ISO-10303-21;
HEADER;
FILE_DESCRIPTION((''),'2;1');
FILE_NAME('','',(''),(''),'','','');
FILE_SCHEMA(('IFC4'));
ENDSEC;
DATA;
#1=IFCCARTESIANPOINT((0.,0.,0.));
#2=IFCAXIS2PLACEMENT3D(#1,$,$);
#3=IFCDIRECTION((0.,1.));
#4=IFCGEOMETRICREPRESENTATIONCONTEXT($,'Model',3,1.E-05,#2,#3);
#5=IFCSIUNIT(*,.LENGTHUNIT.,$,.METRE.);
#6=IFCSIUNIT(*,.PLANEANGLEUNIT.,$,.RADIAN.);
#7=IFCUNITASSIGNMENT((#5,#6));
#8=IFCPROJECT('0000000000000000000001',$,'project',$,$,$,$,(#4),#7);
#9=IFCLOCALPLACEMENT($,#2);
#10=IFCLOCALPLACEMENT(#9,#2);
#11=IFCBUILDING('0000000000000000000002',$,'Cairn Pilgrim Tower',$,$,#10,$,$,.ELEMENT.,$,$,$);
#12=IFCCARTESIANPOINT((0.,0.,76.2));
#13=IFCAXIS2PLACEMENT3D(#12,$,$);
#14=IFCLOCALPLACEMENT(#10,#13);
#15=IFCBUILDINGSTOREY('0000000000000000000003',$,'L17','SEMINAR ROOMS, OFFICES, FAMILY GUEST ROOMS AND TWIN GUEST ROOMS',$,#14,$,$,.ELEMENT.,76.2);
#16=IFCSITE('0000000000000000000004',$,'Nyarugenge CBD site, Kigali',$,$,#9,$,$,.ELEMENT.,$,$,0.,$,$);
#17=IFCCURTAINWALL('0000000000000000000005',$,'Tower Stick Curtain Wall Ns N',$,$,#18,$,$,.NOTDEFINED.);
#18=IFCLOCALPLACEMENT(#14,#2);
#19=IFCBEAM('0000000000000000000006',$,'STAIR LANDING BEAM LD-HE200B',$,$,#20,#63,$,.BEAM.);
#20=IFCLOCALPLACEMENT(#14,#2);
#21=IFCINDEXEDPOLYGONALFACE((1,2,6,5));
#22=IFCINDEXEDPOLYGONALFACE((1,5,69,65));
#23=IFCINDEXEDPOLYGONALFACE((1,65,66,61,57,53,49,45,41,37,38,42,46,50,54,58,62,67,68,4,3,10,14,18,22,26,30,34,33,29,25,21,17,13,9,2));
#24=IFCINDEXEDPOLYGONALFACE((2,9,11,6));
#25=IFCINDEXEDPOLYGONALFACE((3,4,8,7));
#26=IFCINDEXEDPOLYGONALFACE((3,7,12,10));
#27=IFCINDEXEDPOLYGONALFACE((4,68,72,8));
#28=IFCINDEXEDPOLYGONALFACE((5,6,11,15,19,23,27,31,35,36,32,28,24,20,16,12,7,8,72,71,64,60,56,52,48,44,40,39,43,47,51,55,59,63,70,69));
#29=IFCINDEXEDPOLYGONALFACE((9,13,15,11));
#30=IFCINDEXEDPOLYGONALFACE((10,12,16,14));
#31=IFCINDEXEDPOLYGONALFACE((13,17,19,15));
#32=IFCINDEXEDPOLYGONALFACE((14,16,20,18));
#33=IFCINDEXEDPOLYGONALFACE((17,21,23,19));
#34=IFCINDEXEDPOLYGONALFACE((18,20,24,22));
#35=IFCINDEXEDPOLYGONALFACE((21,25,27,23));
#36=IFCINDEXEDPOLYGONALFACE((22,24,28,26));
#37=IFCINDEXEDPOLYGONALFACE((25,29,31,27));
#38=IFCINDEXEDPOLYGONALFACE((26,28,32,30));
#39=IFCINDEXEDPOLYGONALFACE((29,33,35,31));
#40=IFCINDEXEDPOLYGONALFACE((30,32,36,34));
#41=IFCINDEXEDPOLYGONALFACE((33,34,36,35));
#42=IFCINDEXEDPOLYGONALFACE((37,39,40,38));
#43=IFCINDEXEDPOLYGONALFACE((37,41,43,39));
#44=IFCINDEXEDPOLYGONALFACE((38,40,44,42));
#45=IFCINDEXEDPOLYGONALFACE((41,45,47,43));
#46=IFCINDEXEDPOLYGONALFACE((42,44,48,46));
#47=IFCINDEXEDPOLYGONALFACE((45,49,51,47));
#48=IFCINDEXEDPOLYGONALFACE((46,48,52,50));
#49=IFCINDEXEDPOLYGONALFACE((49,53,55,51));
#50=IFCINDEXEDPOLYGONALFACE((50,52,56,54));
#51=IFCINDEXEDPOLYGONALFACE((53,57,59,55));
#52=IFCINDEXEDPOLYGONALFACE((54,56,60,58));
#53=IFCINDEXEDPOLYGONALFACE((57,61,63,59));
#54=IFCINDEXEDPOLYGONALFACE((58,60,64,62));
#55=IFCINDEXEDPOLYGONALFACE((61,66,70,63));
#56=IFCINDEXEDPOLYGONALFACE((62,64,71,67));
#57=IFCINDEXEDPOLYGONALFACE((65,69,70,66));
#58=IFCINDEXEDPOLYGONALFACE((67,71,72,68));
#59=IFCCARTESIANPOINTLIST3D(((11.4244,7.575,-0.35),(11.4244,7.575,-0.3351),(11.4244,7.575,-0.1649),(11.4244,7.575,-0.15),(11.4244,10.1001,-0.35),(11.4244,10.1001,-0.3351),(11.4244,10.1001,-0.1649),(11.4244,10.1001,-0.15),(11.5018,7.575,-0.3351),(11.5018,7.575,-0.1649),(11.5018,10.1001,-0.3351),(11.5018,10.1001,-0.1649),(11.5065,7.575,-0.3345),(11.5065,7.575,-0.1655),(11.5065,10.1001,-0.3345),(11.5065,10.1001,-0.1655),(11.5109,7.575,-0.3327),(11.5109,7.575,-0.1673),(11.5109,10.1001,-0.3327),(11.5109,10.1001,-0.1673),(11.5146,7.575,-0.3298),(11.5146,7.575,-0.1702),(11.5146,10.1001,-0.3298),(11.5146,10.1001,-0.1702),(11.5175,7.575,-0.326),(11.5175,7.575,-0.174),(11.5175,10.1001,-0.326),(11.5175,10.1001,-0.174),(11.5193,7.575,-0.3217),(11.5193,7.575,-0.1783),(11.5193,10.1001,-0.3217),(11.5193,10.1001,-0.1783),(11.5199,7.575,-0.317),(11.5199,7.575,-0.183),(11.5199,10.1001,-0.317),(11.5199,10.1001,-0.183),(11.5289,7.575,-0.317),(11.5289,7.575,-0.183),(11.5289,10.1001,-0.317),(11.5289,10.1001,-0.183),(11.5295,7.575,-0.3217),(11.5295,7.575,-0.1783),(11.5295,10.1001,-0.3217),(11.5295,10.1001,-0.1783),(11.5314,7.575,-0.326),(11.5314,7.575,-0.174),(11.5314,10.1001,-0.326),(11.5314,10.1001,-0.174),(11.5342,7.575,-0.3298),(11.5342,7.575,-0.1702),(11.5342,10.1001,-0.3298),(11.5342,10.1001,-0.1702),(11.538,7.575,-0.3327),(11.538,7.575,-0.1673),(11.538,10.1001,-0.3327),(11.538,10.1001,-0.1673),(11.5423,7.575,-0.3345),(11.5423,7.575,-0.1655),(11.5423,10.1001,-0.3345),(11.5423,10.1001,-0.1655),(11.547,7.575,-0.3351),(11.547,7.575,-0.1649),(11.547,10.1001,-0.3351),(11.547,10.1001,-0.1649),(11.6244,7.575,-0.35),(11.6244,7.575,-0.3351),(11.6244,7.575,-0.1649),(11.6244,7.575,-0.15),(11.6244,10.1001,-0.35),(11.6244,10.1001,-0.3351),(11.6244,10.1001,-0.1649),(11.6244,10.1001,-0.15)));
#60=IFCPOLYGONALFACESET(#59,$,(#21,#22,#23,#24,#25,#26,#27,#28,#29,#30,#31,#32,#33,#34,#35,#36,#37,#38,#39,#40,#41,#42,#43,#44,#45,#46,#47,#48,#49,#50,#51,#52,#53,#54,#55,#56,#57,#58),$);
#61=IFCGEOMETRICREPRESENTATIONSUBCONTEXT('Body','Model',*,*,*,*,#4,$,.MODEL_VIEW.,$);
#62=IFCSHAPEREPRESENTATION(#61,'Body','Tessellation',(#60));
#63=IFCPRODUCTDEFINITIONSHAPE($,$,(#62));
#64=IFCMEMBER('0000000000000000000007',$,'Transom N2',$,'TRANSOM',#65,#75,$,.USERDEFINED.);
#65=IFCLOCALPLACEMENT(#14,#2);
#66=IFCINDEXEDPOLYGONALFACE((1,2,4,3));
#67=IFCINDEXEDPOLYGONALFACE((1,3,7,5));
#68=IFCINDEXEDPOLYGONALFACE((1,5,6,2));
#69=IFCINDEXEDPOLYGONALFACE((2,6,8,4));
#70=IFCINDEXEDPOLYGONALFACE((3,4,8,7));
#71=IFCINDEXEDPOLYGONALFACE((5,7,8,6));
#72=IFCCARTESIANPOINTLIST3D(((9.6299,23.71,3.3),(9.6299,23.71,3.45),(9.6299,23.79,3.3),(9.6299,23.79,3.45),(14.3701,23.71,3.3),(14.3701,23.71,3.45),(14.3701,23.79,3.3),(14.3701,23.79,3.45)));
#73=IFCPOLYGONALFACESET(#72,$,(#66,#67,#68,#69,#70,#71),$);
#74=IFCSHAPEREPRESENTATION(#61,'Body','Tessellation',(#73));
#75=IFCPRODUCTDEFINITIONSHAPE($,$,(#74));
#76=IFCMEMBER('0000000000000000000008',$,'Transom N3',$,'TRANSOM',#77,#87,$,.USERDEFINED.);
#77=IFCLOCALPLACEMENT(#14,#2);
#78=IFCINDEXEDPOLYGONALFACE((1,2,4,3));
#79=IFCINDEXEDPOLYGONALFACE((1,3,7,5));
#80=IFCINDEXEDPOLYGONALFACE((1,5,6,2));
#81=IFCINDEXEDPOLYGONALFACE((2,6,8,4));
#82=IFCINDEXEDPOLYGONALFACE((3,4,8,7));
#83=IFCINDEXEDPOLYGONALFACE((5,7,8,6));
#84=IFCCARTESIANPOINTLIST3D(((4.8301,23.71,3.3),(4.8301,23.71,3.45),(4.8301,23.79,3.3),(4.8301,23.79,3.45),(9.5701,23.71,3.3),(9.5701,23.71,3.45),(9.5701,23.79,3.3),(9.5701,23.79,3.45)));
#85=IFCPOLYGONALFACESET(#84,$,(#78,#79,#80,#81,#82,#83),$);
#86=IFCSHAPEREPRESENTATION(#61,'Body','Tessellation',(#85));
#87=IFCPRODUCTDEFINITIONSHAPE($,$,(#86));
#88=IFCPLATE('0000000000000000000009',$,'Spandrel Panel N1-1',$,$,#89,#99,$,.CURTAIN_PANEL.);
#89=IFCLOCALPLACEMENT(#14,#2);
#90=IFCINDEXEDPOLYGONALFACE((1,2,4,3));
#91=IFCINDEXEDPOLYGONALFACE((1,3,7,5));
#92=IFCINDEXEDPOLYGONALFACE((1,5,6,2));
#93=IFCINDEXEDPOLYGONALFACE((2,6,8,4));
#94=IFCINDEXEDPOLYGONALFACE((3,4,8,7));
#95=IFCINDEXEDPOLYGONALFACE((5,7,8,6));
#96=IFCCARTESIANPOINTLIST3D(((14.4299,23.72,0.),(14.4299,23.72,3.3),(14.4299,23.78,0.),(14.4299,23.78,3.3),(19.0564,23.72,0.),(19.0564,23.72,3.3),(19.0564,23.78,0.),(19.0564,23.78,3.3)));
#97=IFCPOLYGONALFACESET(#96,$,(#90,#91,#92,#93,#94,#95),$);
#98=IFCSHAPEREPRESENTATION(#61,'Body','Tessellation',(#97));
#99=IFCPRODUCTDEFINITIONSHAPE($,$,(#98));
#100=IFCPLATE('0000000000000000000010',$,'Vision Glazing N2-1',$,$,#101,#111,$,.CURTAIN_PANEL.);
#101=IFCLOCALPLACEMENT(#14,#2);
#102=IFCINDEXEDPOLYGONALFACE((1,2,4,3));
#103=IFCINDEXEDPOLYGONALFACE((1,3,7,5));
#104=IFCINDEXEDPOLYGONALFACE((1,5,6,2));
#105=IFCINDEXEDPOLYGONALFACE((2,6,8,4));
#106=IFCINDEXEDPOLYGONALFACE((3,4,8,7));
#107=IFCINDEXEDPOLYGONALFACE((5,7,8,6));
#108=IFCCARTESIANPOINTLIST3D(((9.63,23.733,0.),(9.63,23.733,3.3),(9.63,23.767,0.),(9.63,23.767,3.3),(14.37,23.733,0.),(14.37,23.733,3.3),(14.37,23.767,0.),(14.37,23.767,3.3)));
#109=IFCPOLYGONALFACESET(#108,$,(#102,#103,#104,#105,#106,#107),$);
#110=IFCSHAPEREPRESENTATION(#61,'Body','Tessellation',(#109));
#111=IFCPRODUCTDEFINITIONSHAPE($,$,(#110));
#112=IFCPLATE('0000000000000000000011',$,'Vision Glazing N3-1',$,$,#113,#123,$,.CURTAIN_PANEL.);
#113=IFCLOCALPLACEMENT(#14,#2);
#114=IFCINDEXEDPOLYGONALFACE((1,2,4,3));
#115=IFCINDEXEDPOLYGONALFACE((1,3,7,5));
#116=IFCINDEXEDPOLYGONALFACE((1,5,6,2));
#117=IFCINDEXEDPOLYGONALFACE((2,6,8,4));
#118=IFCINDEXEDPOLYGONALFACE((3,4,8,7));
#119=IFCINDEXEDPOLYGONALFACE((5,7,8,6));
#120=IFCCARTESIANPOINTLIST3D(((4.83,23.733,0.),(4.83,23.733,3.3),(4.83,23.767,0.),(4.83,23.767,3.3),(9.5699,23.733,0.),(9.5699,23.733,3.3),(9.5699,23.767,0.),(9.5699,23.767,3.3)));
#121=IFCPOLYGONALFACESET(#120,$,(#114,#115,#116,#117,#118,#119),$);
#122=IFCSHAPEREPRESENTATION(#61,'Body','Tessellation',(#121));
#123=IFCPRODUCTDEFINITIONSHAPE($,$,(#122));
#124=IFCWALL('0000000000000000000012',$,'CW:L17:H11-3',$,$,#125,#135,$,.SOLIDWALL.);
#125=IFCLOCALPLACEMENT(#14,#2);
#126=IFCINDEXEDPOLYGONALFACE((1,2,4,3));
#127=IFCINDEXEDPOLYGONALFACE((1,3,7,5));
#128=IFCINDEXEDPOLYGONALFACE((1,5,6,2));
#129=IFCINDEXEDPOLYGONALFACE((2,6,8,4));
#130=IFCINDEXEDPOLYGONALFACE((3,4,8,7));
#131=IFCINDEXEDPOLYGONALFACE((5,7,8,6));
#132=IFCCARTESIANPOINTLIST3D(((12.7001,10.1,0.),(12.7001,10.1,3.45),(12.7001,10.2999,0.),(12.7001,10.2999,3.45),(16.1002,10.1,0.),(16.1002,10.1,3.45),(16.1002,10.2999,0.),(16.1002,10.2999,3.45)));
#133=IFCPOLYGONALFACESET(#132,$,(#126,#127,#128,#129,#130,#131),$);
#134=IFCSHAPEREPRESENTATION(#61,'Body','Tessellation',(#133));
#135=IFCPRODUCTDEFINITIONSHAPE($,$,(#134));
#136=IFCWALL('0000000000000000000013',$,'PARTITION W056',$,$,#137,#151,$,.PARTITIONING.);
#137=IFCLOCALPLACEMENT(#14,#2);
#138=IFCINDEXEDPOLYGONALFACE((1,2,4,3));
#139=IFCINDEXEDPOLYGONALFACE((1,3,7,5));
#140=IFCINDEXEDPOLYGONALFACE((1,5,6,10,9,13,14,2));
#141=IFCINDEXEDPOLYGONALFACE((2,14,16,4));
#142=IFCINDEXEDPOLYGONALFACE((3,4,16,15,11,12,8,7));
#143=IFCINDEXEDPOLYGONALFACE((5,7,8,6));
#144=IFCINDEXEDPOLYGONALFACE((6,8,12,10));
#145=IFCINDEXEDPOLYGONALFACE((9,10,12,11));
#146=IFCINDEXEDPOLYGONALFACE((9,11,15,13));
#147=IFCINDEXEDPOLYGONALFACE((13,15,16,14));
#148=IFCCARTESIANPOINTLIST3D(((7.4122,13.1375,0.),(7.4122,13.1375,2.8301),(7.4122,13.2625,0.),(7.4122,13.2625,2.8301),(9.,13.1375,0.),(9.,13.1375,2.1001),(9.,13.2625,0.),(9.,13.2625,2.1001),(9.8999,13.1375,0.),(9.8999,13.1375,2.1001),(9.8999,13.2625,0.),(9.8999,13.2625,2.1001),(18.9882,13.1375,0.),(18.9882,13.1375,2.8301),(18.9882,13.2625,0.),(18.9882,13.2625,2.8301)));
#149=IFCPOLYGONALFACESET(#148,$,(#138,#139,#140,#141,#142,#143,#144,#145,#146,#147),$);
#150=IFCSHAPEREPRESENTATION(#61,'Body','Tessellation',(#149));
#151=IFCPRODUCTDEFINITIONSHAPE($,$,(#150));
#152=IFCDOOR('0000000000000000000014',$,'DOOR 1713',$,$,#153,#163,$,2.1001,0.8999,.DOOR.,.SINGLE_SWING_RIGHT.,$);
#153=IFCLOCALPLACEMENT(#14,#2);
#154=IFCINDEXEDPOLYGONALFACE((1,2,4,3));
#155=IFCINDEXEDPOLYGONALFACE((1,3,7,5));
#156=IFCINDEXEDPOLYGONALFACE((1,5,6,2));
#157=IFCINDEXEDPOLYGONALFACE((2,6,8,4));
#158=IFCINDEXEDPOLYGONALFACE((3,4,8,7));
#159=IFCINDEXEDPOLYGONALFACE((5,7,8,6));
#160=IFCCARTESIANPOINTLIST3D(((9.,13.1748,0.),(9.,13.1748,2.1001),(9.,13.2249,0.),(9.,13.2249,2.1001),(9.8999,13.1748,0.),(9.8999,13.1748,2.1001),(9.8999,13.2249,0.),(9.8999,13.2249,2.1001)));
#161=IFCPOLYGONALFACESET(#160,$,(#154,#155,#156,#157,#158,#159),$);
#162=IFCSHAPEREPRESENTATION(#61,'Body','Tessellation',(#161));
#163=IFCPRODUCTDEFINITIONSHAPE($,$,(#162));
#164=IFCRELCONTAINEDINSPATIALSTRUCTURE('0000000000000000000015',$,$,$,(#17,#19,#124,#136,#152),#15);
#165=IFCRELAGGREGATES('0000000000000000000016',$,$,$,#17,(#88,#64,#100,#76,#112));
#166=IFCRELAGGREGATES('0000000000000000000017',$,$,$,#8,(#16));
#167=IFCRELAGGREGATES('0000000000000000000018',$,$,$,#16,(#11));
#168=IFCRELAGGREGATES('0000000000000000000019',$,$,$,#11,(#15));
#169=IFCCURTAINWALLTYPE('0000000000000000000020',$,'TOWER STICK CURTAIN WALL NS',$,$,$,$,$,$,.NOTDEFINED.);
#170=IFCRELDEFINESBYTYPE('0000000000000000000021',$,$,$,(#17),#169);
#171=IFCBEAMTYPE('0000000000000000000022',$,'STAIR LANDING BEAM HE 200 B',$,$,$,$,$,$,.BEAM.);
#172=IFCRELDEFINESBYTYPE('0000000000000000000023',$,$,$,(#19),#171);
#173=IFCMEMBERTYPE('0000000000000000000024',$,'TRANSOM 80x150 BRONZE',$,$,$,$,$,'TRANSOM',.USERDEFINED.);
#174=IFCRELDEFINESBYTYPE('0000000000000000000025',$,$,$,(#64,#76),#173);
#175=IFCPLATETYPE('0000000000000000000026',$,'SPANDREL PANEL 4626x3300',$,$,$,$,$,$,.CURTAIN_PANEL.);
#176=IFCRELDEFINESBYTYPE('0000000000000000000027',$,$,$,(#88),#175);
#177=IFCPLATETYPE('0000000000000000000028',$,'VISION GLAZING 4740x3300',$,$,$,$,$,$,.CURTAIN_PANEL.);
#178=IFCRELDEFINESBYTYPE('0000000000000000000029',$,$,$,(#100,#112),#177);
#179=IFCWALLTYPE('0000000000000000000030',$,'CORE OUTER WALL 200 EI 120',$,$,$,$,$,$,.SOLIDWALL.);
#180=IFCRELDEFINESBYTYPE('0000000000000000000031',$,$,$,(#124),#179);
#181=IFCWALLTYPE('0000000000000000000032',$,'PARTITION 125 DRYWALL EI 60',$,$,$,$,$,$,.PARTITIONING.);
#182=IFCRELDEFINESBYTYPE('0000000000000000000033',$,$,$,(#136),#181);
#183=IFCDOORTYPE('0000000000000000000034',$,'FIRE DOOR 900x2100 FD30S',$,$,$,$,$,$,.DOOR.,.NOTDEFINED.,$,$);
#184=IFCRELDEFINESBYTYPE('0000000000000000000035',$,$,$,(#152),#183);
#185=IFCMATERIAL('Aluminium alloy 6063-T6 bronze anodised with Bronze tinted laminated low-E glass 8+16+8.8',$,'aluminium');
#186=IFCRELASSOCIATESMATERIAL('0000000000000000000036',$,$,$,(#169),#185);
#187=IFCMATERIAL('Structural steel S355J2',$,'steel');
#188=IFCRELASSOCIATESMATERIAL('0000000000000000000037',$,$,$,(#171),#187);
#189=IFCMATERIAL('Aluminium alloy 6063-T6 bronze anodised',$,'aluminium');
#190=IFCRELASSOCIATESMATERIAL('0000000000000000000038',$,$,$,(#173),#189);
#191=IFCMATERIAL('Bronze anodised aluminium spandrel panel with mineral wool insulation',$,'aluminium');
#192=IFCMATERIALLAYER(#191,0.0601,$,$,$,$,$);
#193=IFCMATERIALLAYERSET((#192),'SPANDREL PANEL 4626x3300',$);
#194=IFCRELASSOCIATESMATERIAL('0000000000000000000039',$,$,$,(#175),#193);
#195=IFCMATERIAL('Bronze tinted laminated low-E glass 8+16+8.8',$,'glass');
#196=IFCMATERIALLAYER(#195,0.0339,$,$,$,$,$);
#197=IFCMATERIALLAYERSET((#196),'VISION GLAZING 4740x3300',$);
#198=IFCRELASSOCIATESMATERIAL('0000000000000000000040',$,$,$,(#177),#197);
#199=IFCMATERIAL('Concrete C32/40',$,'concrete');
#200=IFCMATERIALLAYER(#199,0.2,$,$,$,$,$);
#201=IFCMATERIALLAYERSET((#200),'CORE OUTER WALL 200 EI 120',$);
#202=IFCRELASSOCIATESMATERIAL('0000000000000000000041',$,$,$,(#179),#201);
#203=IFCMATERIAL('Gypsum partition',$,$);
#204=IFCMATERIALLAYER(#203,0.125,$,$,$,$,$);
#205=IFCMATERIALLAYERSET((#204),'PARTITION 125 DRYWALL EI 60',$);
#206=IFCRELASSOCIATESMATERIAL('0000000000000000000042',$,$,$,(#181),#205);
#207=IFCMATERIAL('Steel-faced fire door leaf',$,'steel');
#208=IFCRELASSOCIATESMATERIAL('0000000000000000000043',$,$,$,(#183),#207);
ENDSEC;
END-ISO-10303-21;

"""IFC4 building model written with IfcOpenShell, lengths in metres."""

from ifc_helpers import new_model, si_unit, direction, frame, frame_2d, origin, origin_2d, place, context, subcontext, project, spatial, rectangle, i_section, extrude, material, layer, layer_set, material_profile, profile_set, type_object, element, fill, aggregate, save


model = new_model("IFC4")

# Units and contexts
model_context = context("Model", 3, precision=1e-05, world=origin(), true_north=direction((0.0, 1.0)))
body_context = subcontext(model_context, "Body", "Model", "MODEL_VIEW")
ifc_project = project(units=[si_unit("LENGTHUNIT", "METRE"), si_unit("PLANEANGLEUNIT", "RADIAN")], contexts=[model_context])

# Site, building, storey
site_placement = place(None, origin())
site = spatial("IfcSite", under=ifc_project, at=site_placement, Name="Nyarugenge CBD site, Kigali", CompositionType="ELEMENT", RefElevation=0.0)
building_placement = place(site_placement, origin())
building = spatial("IfcBuilding", under=site, at=building_placement, Name="Cairn Pilgrim Tower", CompositionType="ELEMENT")
storey_placement = place(building_placement, frame((0.0, 0.0, 76.2)))
storey = spatial("IfcBuildingStorey", under=building, at=storey_placement, Name="L17", Description="SEMINAR ROOMS, OFFICES, FAMILY GUEST ROOMS AND TWIN GUEST ROOMS", CompositionType="ELEMENT", Elevation=76.2)

# Curtain wall
ifc_material_1 = material(Name="Aluminium alloy 6063-T6 bronze anodised with Bronze tinted laminated low-E glass 8+16+8.8", Category="aluminium")
curtain_wall_type = type_object("IfcCurtainWallType", Name="TOWER STICK CURTAIN WALL NS", PredefinedType="NOTDEFINED", material=ifc_material_1)
curtain_wall_placement = place(storey_placement, origin())
curtain_wall = element("IfcCurtainWall", 1, at=curtain_wall_placement, inside=storey, type_object=curtain_wall_type, Name="Tower Stick Curtain Wall Ns N", PredefinedType="NOTDEFINED")
ifc_material_2 = material(Name="Aluminium alloy 6063-T6 bronze anodised", Category="aluminium")

# Beam
ifc_material_3 = material(Name="Structural steel S355J2", Category="steel")
ifc_material_profile_1 = material_profile(ifc_material_3, i_section(OverallWidth=0.2, OverallDepth=0.2, WebThickness=0.009, FlangeThickness=0.0149, FilletRadius=0.0181, at=origin_2d()), Name="HE 200 B")
ifc_profile_set_1 = profile_set([ifc_material_profile_1], Name="Structural steel S355J2")
beam_type_1 = type_object("IfcBeamType", Name="STAIR LANDING BEAM HE 200 B", PredefinedType="BEAM", material=ifc_profile_set_1)
beam_1_placement = place(storey_placement, frame((11.5244, 10.1001, -0.25), z_axis=(0.0, -1.0, 0.0), x_axis=(1.0, 0.0, 0.0)))
element("IfcBeam", 2, at=beam_1_placement, inside=storey, type_object=beam_type_1, Name="STAIR LANDING BEAM LD-HE200B", PredefinedType="BEAM", context=body_context, shape_type="SweptSolid", body=[
    extrude(i_section(OverallWidth=0.2, OverallDepth=0.2, WebThickness=0.009, FlangeThickness=0.0149, FilletRadius=0.0181, at=origin_2d()), origin(), (0.0, 0.0, 1.0), 2.5251),
])

# Members
ifc_material_profile_2 = material_profile(ifc_material_2, rectangle(XDim=0.0801, YDim=0.1499, at=origin_2d()), Name="TRANSOM 80x150 BRONZE")
ifc_profile_set_2 = profile_set([ifc_material_profile_2], Name="Aluminium alloy 6063-T6 bronze anodised")
member_type_1 = type_object("IfcMemberType", Name="TRANSOM 80x150 BRONZE", ElementType="TRANSOM", PredefinedType="USERDEFINED", material=ifc_profile_set_2)
member_1_placement = place(storey_placement, frame((14.3701, 23.75, 3.375), z_axis=(-1.0, 0.0, 0.0), x_axis=(0.0, -1.0, 0.0)))
member_1 = element("IfcMember", 3, at=member_1_placement, type_object=member_type_1, Name="Transom N2", ObjectType="TRANSOM", PredefinedType="USERDEFINED", context=body_context, shape_type="SweptSolid", body=[
    extrude(rectangle(XDim=0.0801, YDim=0.1499, at=origin_2d()), origin(), (0.0, 0.0, 1.0), 4.7402),
])
member_2_placement = place(storey_placement, frame((9.5701, 23.75, 3.375), z_axis=(-1.0, 0.0, 0.0), x_axis=(0.0, -1.0, 0.0)))
member_2 = element("IfcMember", 4, at=member_2_placement, type_object=member_type_1, Name="Transom N3", ObjectType="TRANSOM", PredefinedType="USERDEFINED", context=body_context, shape_type="SweptSolid", body=[
    extrude(rectangle(XDim=0.0801, YDim=0.1499, at=origin_2d()), origin(), (0.0, 0.0, 1.0), 4.74),
])

# Plates
ifc_material_4 = material(Name="Bronze anodised aluminium spandrel panel with mineral wool insulation", Category="aluminium")
ifc_layer_1 = layer(ifc_material_4, 0.0601)
ifc_layer_set_1 = layer_set([ifc_layer_1], Name="SPANDREL PANEL 4626x3300")
plate_type_1 = type_object("IfcPlateType", Name="SPANDREL PANEL 4626x3300", PredefinedType="CURTAIN_PANEL", material=ifc_layer_set_1)
plate_1_placement = place(storey_placement, frame((16.7432, 23.75, 0.0), z_axis=(0.0, 0.0, 1.0), x_axis=(-1.0, 0.0, 0.0)))
plate_1 = element("IfcPlate", 5, at=plate_1_placement, type_object=plate_type_1, Name="Spandrel Panel N1-1", PredefinedType="CURTAIN_PANEL", context=body_context, shape_type="SweptSolid", body=[
    extrude(rectangle(XDim=4.6265, YDim=0.0601, at=origin_2d()), origin(), (0.0, 0.0, 1.0), 3.3),
])
ifc_material_5 = material(Name="Bronze tinted laminated low-E glass 8+16+8.8", Category="glass")
ifc_layer_2 = layer(ifc_material_5, 0.0339)
ifc_layer_set_2 = layer_set([ifc_layer_2], Name="VISION GLAZING 4740x3300")
plate_type_2 = type_object("IfcPlateType", Name="VISION GLAZING 4740x3300", PredefinedType="CURTAIN_PANEL", material=ifc_layer_set_2)
plate_2_placement = place(storey_placement, frame((12.0, 23.75, 0.0), z_axis=(0.0, 0.0, 1.0), x_axis=(-1.0, 0.0, 0.0)))
plate_2 = element("IfcPlate", 6, at=plate_2_placement, type_object=plate_type_2, Name="Vision Glazing N2-1", PredefinedType="CURTAIN_PANEL", context=body_context, shape_type="SweptSolid", body=[
    extrude(rectangle(XDim=4.74, YDim=0.0339, at=origin_2d()), origin(), (0.0, 0.0, 1.0), 3.3),
])
plate_3_placement = place(storey_placement, frame((7.2, 23.75, 0.0), z_axis=(0.0, 0.0, 1.0), x_axis=(-1.0, 0.0, 0.0)))
plate_3 = element("IfcPlate", 7, at=plate_3_placement, type_object=plate_type_2, Name="Vision Glazing N3-1", PredefinedType="CURTAIN_PANEL", context=body_context, shape_type="SweptSolid", body=[
    extrude(rectangle(XDim=4.74, YDim=0.0339, at=origin_2d()), origin(), (0.0, 0.0, 1.0), 3.3),
])
aggregate(curtain_wall, [plate_1, member_1, plate_2, member_2, plate_3])

# Wall
ifc_material_6 = material(Name="Concrete C32/40", Category="concrete")
ifc_layer_3 = layer(ifc_material_6, 0.2)
ifc_layer_set_3 = layer_set([ifc_layer_3], Name="CORE OUTER WALL 200 EI 120")
wall_type_1 = type_object("IfcWallType", Name="CORE OUTER WALL 200 EI 120", PredefinedType="SOLIDWALL", material=ifc_layer_set_3)
wall_1_placement = place(storey_placement, frame((12.7, 10.2, 0.0), z_axis=(0.0, 0.0, 1.0), x_axis=(1.0, 0.0, 0.0)))
element("IfcWall", 8, at=wall_1_placement, inside=storey, type_object=wall_type_1, Name="CW:L17:H11-3", PredefinedType="SOLIDWALL", context=body_context, shape_type="SweptSolid", body=[
    extrude(rectangle(XDim=3.4001, YDim=0.2, at=frame_2d((1.7002, 0.0))), origin(), (0.0, 0.0, 1.0), 3.45),
])

# Wall, opening, door
ifc_material_7 = material(Name="Gypsum partition")
ifc_layer_4 = layer(ifc_material_7, 0.125)
ifc_layer_set_4 = layer_set([ifc_layer_4], Name="PARTITION 125 DRYWALL EI 60")
wall_type_2 = type_object("IfcWallType", Name="PARTITION 125 DRYWALL EI 60", PredefinedType="PARTITIONING", material=ifc_layer_set_4)
wall_2_placement = place(storey_placement, frame((7.4121, 13.2, 0.0), z_axis=(0.0, 0.0, 1.0), x_axis=(1.0, 0.0, 0.0)))
wall_2 = element("IfcWall", 9, at=wall_2_placement, inside=storey, type_object=wall_type_2, Name="PARTITION W056", PredefinedType="PARTITIONING", context=body_context, shape_type="SweptSolid", body=[
    extrude(rectangle(XDim=11.5759, YDim=0.125, at=frame_2d((5.7881, 0.0))), origin(), (0.0, 0.0, 1.0), 2.8301),
])
opening_1_placement = place(wall_2_placement, frame((1.5879, 0.0, 0.0)))
opening_1 = element("IfcOpeningElement", 10, at=opening_1_placement, cuts=wall_2, PredefinedType="OPENING", context=body_context, shape_type="SweptSolid", body=[
    extrude(rectangle(XDim=0.8999, YDim=2.1001, at=frame_2d((0.45, 1.05))), frame((0.0, 0.0725, 0.0), z_axis=(0.0, -1.0, 0.0), x_axis=(1.0, 0.0, 0.0)), (0.0, 0.0, 1.0), 0.145),
])
ifc_material_8 = material(Name="Steel-faced fire door leaf", Category="steel")
door_type_1 = type_object("IfcDoorType", Name="FIRE DOOR 900x2100 FD30S", OperationType="NOTDEFINED", PredefinedType="DOOR", material=ifc_material_8)
door_1_placement = place(opening_1_placement, origin())
door_1 = element("IfcDoor", 11, at=door_1_placement, inside=storey, type_object=door_type_1, Name="DOOR 1713", OperationType="SINGLE_SWING_RIGHT", OverallHeight=2.1001, OverallWidth=0.8999, PredefinedType="DOOR", context=body_context, shape_type="SweptSolid", body=[
    extrude(rectangle(XDim=0.8999, YDim=2.1001, at=frame_2d((0.45, 1.05))), frame((0.0, 0.0249, 0.0), z_axis=(0.0, -1.0, 0.0), x_axis=(1.0, 0.0, 0.0)), (0.0, 0.0, 1.0), 0.05),
])
fill(opening_1, door_1)

save(model, "model.ifc")
